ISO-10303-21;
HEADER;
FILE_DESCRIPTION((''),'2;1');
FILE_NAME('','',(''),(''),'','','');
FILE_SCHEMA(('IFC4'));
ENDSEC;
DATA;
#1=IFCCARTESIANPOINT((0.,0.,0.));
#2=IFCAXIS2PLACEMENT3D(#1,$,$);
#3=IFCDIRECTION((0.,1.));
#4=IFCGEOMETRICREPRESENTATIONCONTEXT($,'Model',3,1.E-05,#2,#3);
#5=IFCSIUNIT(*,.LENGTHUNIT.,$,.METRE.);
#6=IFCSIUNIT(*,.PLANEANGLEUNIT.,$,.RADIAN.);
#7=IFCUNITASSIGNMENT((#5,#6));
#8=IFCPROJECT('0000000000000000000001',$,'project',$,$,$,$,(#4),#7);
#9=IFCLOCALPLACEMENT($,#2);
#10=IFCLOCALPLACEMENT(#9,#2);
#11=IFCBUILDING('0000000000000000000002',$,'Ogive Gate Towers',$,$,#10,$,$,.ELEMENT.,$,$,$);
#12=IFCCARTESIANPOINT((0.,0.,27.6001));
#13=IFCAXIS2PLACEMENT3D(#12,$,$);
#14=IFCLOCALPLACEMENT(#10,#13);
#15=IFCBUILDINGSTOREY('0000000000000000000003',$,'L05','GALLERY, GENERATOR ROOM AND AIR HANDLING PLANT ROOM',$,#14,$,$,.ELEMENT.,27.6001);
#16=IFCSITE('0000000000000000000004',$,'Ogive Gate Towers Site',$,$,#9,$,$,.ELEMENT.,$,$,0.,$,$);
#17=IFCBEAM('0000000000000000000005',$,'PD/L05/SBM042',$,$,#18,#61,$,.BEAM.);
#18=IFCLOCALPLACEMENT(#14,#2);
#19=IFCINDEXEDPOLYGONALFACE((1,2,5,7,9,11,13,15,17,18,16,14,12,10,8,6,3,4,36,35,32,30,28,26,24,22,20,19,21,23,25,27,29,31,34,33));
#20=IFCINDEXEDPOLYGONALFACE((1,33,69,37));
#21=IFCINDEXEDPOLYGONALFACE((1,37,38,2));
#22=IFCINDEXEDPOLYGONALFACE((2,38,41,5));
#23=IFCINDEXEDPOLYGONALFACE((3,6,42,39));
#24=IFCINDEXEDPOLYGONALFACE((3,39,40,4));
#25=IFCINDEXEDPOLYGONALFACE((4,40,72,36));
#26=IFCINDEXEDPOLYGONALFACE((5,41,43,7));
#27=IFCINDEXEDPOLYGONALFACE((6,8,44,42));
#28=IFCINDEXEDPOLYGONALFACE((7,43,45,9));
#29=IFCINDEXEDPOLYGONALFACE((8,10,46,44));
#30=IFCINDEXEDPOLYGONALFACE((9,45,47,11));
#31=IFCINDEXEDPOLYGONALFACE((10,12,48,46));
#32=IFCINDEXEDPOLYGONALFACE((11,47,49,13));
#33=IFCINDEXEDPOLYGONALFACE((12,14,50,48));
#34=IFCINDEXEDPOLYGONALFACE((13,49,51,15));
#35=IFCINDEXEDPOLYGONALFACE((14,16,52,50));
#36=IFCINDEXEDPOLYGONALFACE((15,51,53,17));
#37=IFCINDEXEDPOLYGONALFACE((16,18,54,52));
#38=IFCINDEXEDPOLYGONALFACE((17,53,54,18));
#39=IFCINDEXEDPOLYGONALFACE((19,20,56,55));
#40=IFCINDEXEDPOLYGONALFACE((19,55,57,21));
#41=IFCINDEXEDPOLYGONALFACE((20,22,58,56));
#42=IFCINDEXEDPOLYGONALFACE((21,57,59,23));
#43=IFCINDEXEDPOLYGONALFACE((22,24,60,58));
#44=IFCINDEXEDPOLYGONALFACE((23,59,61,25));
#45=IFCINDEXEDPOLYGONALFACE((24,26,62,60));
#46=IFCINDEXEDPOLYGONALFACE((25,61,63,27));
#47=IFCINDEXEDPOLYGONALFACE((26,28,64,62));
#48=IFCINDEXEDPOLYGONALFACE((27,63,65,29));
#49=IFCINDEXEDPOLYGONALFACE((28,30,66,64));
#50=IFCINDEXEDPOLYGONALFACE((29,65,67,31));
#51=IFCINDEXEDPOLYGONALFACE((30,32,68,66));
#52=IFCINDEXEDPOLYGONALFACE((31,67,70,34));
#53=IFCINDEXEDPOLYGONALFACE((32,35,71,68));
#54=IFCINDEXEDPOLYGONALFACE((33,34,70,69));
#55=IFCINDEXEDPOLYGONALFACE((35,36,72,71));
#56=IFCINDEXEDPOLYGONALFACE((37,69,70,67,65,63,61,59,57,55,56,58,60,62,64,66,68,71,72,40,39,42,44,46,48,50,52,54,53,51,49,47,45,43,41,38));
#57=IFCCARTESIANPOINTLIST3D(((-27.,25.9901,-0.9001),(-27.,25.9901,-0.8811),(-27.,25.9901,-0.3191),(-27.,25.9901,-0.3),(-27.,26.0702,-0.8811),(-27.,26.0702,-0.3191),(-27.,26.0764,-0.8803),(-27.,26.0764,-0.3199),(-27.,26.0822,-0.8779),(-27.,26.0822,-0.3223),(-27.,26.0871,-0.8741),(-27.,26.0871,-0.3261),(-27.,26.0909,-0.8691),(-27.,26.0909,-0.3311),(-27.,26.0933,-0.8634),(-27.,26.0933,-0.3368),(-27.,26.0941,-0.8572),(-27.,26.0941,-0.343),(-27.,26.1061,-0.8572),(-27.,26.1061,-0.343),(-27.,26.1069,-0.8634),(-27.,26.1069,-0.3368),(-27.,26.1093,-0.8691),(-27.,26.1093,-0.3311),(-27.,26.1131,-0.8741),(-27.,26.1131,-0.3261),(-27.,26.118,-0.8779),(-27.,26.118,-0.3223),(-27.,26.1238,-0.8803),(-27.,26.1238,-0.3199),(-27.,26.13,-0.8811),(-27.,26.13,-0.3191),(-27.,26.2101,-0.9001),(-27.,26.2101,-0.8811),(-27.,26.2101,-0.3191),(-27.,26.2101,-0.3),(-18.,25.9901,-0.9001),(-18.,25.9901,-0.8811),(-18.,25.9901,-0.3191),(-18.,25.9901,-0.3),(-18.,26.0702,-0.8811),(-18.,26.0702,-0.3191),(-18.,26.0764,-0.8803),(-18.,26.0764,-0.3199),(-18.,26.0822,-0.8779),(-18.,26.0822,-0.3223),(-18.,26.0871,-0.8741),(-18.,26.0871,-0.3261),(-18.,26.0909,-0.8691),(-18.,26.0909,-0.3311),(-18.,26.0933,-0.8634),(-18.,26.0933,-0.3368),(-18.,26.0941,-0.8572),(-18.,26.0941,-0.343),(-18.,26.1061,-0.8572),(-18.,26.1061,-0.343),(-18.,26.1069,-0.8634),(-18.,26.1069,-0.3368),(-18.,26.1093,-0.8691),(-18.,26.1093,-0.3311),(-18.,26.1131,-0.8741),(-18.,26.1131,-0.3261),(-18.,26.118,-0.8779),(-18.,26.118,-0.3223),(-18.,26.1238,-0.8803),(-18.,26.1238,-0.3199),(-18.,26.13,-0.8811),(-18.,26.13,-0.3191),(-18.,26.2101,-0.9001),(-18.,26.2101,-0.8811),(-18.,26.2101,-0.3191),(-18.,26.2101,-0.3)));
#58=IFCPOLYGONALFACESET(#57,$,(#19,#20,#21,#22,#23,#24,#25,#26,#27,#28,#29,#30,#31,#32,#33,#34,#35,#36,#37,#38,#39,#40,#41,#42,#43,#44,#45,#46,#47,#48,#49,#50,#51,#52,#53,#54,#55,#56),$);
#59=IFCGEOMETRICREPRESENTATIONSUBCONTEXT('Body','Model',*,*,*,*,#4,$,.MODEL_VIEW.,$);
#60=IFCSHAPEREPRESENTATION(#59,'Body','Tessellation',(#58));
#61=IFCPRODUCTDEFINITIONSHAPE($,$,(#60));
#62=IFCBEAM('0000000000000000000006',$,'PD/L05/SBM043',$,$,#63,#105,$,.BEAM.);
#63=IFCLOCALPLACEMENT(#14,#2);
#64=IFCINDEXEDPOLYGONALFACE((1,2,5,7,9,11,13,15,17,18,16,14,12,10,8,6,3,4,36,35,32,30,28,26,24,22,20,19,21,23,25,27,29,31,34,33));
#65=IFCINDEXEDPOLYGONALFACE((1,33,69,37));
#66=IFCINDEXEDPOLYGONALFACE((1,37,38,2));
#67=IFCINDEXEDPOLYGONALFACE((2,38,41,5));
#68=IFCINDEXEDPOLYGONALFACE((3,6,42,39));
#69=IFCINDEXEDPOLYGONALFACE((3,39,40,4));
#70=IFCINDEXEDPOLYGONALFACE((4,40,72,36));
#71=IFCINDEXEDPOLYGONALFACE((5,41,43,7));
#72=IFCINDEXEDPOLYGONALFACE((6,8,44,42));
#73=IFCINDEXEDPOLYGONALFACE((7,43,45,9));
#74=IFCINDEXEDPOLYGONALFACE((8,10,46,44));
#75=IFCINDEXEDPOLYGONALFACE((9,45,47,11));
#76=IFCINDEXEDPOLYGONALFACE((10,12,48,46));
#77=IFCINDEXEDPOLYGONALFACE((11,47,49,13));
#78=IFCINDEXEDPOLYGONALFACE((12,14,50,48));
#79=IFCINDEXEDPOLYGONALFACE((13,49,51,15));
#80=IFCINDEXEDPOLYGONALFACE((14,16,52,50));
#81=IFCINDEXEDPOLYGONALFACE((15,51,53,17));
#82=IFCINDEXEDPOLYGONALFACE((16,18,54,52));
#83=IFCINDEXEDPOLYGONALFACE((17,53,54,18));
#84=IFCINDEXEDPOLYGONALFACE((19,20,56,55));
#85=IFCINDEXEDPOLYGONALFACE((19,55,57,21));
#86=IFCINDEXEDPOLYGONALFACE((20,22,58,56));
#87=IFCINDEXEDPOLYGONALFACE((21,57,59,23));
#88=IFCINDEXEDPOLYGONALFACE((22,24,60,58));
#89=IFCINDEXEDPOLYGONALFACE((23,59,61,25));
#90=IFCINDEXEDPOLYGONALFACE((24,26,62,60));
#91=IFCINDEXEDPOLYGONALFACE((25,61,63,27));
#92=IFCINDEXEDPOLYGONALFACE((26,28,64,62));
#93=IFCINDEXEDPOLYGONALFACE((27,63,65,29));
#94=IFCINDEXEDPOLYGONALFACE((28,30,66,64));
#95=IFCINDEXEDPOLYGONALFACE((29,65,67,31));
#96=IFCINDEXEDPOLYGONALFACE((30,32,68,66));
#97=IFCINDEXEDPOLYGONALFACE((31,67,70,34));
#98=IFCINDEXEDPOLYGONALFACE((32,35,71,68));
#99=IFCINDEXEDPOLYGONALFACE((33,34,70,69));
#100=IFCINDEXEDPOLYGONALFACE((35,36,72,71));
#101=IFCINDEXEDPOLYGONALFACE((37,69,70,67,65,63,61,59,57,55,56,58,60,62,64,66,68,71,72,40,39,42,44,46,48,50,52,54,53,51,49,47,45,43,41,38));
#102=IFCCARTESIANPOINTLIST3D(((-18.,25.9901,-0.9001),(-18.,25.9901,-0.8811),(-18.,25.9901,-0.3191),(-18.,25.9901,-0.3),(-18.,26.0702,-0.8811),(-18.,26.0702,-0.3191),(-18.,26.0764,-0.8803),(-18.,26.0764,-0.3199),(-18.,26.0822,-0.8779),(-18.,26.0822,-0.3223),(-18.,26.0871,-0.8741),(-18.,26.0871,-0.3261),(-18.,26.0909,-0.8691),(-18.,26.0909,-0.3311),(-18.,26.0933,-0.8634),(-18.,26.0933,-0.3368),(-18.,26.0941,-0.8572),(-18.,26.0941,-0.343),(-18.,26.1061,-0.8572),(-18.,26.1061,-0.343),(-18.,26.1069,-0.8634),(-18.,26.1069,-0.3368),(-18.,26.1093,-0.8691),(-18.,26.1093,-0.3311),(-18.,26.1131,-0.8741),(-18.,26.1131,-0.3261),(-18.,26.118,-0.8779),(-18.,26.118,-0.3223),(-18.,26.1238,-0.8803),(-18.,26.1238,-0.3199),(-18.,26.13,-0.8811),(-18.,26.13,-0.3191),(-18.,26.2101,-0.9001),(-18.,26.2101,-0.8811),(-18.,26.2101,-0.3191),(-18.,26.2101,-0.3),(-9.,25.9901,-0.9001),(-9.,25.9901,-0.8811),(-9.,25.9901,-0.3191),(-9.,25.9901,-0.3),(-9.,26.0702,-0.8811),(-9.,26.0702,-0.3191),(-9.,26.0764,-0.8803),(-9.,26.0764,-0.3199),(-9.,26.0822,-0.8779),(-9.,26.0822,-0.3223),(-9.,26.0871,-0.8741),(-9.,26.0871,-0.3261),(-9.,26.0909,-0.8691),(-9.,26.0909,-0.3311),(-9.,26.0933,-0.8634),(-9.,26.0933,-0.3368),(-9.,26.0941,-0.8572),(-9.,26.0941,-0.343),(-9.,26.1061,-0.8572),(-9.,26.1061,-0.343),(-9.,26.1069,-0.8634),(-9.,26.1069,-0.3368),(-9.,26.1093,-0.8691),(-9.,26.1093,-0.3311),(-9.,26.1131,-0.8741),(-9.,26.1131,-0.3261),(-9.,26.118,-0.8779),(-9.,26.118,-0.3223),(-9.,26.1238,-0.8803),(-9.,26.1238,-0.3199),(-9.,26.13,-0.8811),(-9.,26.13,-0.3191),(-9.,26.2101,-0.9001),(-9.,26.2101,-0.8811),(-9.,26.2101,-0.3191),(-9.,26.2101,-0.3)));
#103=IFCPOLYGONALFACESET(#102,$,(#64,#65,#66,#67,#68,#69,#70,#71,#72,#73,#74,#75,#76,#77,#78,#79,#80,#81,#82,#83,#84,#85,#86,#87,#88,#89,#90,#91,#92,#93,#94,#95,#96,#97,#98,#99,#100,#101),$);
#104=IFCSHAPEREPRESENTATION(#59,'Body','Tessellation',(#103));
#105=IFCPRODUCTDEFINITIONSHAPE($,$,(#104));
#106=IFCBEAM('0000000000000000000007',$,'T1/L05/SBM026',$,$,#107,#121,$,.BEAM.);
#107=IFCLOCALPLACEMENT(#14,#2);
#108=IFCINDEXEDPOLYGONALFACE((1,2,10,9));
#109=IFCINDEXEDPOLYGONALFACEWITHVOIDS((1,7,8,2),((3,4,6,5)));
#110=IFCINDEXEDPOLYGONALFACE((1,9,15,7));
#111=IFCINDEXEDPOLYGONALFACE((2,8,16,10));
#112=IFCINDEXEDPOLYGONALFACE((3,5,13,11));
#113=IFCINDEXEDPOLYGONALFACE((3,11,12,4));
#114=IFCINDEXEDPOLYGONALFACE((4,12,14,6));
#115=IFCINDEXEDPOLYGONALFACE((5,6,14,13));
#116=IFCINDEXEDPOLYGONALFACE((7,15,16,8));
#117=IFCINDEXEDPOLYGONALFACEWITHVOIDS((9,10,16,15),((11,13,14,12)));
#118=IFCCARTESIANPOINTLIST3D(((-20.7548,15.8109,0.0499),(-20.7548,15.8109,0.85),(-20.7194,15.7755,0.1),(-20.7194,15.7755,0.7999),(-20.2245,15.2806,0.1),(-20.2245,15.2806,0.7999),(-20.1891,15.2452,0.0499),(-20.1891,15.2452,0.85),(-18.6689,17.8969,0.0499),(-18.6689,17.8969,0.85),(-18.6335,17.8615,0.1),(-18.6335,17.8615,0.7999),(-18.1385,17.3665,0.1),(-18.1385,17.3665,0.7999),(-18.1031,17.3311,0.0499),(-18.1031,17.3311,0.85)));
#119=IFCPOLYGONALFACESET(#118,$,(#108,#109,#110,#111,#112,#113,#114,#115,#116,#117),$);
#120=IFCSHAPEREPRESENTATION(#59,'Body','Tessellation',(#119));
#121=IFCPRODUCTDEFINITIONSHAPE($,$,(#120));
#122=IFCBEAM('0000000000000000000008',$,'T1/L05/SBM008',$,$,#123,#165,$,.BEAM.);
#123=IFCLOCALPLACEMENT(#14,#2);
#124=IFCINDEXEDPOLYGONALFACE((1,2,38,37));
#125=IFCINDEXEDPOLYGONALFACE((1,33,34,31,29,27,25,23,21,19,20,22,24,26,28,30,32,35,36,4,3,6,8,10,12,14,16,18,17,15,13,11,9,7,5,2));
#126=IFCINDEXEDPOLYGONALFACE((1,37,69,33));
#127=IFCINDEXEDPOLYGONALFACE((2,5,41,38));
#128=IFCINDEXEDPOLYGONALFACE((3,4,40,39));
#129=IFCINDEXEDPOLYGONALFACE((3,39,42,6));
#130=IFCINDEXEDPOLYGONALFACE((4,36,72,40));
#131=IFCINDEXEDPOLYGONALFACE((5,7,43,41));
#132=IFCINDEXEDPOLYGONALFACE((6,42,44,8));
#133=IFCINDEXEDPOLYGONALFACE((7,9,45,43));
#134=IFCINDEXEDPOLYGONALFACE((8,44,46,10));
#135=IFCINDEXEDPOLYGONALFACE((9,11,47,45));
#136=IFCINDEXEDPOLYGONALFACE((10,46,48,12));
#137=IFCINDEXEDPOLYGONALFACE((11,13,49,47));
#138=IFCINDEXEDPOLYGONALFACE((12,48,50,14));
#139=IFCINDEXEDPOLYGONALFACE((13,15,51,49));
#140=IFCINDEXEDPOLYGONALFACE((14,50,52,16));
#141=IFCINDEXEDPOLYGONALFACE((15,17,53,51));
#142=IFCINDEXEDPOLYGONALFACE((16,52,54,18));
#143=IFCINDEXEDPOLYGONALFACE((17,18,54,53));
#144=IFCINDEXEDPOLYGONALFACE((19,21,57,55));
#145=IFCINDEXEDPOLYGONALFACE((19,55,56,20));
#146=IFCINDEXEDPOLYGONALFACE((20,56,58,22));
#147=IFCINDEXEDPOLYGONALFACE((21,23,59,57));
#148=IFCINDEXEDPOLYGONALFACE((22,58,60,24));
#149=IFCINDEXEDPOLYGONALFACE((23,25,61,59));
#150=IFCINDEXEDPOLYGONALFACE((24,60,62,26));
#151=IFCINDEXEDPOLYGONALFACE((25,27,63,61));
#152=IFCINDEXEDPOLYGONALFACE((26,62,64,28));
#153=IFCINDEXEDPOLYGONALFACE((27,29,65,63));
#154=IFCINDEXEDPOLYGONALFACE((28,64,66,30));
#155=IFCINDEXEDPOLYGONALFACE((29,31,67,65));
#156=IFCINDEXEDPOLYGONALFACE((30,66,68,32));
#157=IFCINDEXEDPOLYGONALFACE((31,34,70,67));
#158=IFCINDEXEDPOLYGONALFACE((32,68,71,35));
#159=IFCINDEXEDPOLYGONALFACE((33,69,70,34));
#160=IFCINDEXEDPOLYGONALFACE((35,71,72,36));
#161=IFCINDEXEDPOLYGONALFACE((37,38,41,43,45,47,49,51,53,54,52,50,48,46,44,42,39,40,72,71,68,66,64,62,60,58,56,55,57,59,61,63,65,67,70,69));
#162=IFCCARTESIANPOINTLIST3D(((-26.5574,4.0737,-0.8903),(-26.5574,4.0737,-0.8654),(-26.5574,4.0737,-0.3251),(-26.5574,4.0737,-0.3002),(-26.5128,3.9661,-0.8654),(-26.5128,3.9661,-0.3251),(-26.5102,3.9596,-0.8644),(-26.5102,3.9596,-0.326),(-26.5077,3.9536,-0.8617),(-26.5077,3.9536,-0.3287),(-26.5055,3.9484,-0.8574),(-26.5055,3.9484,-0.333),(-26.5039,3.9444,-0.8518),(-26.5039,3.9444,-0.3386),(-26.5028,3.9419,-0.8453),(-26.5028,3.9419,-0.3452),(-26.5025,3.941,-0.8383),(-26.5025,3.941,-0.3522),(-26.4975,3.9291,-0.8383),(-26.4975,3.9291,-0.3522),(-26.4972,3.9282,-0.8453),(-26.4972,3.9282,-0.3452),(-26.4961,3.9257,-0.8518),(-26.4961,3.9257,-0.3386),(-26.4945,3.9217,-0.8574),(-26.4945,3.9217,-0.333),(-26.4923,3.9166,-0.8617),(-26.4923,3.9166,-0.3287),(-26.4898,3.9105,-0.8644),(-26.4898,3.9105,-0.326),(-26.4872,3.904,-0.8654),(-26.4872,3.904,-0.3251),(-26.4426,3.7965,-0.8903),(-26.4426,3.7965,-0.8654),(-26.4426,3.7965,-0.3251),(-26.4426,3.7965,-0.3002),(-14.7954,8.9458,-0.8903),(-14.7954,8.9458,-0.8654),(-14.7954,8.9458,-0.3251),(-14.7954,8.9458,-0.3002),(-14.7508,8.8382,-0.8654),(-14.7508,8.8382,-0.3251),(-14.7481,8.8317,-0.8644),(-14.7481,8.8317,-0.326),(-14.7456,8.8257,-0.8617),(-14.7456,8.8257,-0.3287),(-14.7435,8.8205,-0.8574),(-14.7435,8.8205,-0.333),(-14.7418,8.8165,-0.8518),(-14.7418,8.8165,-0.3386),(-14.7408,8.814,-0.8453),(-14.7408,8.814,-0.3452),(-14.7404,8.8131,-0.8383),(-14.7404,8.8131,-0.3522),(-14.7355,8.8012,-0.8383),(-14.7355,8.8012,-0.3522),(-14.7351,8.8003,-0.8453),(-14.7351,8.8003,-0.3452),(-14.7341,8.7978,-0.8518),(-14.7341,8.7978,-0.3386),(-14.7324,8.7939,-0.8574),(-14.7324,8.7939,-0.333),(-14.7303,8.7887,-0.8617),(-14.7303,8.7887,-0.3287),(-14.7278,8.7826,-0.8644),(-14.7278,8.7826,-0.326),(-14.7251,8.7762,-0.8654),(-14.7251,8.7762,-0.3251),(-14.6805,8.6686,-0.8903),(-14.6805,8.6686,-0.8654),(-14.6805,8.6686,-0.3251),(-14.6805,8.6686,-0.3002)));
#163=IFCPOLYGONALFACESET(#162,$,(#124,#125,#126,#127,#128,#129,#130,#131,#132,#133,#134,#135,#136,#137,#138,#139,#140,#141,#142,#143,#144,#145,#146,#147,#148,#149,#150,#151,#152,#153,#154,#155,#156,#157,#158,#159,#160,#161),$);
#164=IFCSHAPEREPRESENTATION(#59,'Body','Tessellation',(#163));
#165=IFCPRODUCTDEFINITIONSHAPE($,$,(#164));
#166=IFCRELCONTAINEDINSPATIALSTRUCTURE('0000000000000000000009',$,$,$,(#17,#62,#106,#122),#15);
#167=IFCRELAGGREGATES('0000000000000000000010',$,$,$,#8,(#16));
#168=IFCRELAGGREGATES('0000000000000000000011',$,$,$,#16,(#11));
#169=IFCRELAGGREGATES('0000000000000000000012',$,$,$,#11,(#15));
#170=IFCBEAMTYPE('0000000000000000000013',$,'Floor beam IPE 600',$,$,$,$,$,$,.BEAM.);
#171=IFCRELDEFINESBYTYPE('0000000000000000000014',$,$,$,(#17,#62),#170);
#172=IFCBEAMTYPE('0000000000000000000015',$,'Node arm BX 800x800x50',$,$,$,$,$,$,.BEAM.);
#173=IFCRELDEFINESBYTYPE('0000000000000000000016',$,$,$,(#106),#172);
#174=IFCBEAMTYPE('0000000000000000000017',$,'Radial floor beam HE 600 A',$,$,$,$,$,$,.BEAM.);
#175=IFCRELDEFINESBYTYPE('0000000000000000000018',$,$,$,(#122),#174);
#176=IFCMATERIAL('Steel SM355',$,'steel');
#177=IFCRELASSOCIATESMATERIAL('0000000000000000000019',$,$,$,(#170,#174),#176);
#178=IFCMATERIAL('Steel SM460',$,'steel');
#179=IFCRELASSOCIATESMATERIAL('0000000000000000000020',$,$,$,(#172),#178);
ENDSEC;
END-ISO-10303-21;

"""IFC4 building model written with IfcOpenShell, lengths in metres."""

from ifc_helpers import new_model, si_unit, direction, frame, origin, origin_2d, place, context, subcontext, project, spatial, hollow_rectangle, i_section, extrude, material, material_profile, profile_set, type_object, element, save


model = new_model("IFC4")

# Units and contexts
model_context = context("Model", 3, precision=1e-05, world=origin(), true_north=direction((0.0, 1.0)))
body_context = subcontext(model_context, "Body", "Model", "MODEL_VIEW")
ifc_project = project(units=[si_unit("LENGTHUNIT", "METRE"), si_unit("PLANEANGLEUNIT", "RADIAN")], contexts=[model_context])

# Site, building, storey
site_placement = place(None, origin())
site = spatial("IfcSite", under=ifc_project, at=site_placement, Name="Ogive Gate Towers Site", CompositionType="ELEMENT", RefElevation=0.0)
building_placement = place(site_placement, origin())
building = spatial("IfcBuilding", under=site, at=building_placement, Name="Ogive Gate Towers", CompositionType="ELEMENT")
storey_placement = place(building_placement, frame((0.0, 0.0, 27.6001)))
storey = spatial("IfcBuildingStorey", under=building, at=storey_placement, Name="L05", Description="GALLERY, GENERATOR ROOM AND AIR HANDLING PLANT ROOM", CompositionType="ELEMENT", Elevation=27.6001)

# Beams
ifc_material_1 = material(Name="Steel SM460", Category="steel")
ifc_material_2 = material(Name="Steel SM355", Category="steel")
ifc_material_profile_1 = material_profile(ifc_material_2, i_section(OverallWidth=0.22, OverallDepth=0.6001, WebThickness=0.012, FlangeThickness=0.019, FilletRadius=0.0239, at=origin_2d()), Name="IPE 600")
ifc_profile_set_1 = profile_set([ifc_material_profile_1], Name="Steel SM355")
beam_type_1 = type_object("IfcBeamType", Name="Floor beam IPE 600", PredefinedType="BEAM", material=ifc_profile_set_1)
for number, where, z_axis, x_axis, name in (
    (1, (-27.0, 26.1001, -0.6001), (1.0, 0.0, 0.0), (0.0, 1.0, 0.0), "PD/L05/SBM042"),
    (2, (-18.0, 26.1001, -0.6001), (1.0, 0.0, 0.0), (0.0, 1.0, 0.0), "PD/L05/SBM043"),
):
    element("IfcBeam", number, at=place(storey_placement, frame(where, z_axis=z_axis, x_axis=x_axis)), inside=storey, type_object=beam_type_1, Name=name, PredefinedType="BEAM", context=body_context, shape_type="SweptSolid", body=[
        extrude(i_section(OverallWidth=0.22, OverallDepth=0.6001, WebThickness=0.012, FlangeThickness=0.019, FilletRadius=0.0239, at=origin_2d()), origin(), (0.0, 0.0, 1.0), 9.0),
    ])
ifc_material_profile_2 = material_profile(ifc_material_1, hollow_rectangle(XDim=0.8, YDim=0.8, WallThickness=0.05, at=origin_2d()), Name="BX 800x800x50")
ifc_profile_set_2 = profile_set([ifc_material_profile_2], Name="Steel SM460")
beam_type_2 = type_object("IfcBeamType", Name="Node arm BX 800x800x50", PredefinedType="BEAM", material=ifc_profile_set_2)
beam_1_placement = place(storey_placement, frame((-20.4719, 15.5281, 0.45), z_axis=(0.707107, 0.707107, 0.0), x_axis=(-0.707107, 0.707107, 0.0)))
element("IfcBeam", 3, at=beam_1_placement, inside=storey, type_object=beam_type_2, Name="T1/L05/SBM026", PredefinedType="BEAM", context=body_context, shape_type="SweptSolid", body=[
    extrude(hollow_rectangle(XDim=0.8, YDim=0.8, WallThickness=0.05, at=origin_2d()), origin(), (0.0, 0.0, 1.0), 2.95),
])
ifc_material_profile_3 = material_profile(ifc_material_2, i_section(OverallWidth=0.3, OverallDepth=0.5901, WebThickness=0.0129, FlangeThickness=0.0249, FilletRadius=0.0271, at=origin_2d()), Name="HE 600 A")
ifc_profile_set_3 = profile_set([ifc_material_profile_3], Name="Steel SM355")
beam_type_3 = type_object("IfcBeamType", Name="Radial floor beam HE 600 A", PredefinedType="BEAM", material=ifc_profile_set_3)
for number, where, z_axis, x_axis, name in (
    (4, (-26.5, 3.9351, -0.5952), (0.923877, 0.382691, 0.0), (-0.382691, 0.923877, 0.0), "T1/L05/SBM008"),
):
    element("IfcBeam", number, at=place(storey_placement, frame(where, z_axis=z_axis, x_axis=x_axis)), inside=storey, type_object=beam_type_3, Name=name, PredefinedType="BEAM", context=body_context, shape_type="SweptSolid", body=[
        extrude(i_section(OverallWidth=0.3, OverallDepth=0.5901, WebThickness=0.0129, FlangeThickness=0.0249, FilletRadius=0.0271, at=origin_2d()), origin(), (0.0, 0.0, 1.0), 12.7312),
    ])

save(model, "model.ifc")
